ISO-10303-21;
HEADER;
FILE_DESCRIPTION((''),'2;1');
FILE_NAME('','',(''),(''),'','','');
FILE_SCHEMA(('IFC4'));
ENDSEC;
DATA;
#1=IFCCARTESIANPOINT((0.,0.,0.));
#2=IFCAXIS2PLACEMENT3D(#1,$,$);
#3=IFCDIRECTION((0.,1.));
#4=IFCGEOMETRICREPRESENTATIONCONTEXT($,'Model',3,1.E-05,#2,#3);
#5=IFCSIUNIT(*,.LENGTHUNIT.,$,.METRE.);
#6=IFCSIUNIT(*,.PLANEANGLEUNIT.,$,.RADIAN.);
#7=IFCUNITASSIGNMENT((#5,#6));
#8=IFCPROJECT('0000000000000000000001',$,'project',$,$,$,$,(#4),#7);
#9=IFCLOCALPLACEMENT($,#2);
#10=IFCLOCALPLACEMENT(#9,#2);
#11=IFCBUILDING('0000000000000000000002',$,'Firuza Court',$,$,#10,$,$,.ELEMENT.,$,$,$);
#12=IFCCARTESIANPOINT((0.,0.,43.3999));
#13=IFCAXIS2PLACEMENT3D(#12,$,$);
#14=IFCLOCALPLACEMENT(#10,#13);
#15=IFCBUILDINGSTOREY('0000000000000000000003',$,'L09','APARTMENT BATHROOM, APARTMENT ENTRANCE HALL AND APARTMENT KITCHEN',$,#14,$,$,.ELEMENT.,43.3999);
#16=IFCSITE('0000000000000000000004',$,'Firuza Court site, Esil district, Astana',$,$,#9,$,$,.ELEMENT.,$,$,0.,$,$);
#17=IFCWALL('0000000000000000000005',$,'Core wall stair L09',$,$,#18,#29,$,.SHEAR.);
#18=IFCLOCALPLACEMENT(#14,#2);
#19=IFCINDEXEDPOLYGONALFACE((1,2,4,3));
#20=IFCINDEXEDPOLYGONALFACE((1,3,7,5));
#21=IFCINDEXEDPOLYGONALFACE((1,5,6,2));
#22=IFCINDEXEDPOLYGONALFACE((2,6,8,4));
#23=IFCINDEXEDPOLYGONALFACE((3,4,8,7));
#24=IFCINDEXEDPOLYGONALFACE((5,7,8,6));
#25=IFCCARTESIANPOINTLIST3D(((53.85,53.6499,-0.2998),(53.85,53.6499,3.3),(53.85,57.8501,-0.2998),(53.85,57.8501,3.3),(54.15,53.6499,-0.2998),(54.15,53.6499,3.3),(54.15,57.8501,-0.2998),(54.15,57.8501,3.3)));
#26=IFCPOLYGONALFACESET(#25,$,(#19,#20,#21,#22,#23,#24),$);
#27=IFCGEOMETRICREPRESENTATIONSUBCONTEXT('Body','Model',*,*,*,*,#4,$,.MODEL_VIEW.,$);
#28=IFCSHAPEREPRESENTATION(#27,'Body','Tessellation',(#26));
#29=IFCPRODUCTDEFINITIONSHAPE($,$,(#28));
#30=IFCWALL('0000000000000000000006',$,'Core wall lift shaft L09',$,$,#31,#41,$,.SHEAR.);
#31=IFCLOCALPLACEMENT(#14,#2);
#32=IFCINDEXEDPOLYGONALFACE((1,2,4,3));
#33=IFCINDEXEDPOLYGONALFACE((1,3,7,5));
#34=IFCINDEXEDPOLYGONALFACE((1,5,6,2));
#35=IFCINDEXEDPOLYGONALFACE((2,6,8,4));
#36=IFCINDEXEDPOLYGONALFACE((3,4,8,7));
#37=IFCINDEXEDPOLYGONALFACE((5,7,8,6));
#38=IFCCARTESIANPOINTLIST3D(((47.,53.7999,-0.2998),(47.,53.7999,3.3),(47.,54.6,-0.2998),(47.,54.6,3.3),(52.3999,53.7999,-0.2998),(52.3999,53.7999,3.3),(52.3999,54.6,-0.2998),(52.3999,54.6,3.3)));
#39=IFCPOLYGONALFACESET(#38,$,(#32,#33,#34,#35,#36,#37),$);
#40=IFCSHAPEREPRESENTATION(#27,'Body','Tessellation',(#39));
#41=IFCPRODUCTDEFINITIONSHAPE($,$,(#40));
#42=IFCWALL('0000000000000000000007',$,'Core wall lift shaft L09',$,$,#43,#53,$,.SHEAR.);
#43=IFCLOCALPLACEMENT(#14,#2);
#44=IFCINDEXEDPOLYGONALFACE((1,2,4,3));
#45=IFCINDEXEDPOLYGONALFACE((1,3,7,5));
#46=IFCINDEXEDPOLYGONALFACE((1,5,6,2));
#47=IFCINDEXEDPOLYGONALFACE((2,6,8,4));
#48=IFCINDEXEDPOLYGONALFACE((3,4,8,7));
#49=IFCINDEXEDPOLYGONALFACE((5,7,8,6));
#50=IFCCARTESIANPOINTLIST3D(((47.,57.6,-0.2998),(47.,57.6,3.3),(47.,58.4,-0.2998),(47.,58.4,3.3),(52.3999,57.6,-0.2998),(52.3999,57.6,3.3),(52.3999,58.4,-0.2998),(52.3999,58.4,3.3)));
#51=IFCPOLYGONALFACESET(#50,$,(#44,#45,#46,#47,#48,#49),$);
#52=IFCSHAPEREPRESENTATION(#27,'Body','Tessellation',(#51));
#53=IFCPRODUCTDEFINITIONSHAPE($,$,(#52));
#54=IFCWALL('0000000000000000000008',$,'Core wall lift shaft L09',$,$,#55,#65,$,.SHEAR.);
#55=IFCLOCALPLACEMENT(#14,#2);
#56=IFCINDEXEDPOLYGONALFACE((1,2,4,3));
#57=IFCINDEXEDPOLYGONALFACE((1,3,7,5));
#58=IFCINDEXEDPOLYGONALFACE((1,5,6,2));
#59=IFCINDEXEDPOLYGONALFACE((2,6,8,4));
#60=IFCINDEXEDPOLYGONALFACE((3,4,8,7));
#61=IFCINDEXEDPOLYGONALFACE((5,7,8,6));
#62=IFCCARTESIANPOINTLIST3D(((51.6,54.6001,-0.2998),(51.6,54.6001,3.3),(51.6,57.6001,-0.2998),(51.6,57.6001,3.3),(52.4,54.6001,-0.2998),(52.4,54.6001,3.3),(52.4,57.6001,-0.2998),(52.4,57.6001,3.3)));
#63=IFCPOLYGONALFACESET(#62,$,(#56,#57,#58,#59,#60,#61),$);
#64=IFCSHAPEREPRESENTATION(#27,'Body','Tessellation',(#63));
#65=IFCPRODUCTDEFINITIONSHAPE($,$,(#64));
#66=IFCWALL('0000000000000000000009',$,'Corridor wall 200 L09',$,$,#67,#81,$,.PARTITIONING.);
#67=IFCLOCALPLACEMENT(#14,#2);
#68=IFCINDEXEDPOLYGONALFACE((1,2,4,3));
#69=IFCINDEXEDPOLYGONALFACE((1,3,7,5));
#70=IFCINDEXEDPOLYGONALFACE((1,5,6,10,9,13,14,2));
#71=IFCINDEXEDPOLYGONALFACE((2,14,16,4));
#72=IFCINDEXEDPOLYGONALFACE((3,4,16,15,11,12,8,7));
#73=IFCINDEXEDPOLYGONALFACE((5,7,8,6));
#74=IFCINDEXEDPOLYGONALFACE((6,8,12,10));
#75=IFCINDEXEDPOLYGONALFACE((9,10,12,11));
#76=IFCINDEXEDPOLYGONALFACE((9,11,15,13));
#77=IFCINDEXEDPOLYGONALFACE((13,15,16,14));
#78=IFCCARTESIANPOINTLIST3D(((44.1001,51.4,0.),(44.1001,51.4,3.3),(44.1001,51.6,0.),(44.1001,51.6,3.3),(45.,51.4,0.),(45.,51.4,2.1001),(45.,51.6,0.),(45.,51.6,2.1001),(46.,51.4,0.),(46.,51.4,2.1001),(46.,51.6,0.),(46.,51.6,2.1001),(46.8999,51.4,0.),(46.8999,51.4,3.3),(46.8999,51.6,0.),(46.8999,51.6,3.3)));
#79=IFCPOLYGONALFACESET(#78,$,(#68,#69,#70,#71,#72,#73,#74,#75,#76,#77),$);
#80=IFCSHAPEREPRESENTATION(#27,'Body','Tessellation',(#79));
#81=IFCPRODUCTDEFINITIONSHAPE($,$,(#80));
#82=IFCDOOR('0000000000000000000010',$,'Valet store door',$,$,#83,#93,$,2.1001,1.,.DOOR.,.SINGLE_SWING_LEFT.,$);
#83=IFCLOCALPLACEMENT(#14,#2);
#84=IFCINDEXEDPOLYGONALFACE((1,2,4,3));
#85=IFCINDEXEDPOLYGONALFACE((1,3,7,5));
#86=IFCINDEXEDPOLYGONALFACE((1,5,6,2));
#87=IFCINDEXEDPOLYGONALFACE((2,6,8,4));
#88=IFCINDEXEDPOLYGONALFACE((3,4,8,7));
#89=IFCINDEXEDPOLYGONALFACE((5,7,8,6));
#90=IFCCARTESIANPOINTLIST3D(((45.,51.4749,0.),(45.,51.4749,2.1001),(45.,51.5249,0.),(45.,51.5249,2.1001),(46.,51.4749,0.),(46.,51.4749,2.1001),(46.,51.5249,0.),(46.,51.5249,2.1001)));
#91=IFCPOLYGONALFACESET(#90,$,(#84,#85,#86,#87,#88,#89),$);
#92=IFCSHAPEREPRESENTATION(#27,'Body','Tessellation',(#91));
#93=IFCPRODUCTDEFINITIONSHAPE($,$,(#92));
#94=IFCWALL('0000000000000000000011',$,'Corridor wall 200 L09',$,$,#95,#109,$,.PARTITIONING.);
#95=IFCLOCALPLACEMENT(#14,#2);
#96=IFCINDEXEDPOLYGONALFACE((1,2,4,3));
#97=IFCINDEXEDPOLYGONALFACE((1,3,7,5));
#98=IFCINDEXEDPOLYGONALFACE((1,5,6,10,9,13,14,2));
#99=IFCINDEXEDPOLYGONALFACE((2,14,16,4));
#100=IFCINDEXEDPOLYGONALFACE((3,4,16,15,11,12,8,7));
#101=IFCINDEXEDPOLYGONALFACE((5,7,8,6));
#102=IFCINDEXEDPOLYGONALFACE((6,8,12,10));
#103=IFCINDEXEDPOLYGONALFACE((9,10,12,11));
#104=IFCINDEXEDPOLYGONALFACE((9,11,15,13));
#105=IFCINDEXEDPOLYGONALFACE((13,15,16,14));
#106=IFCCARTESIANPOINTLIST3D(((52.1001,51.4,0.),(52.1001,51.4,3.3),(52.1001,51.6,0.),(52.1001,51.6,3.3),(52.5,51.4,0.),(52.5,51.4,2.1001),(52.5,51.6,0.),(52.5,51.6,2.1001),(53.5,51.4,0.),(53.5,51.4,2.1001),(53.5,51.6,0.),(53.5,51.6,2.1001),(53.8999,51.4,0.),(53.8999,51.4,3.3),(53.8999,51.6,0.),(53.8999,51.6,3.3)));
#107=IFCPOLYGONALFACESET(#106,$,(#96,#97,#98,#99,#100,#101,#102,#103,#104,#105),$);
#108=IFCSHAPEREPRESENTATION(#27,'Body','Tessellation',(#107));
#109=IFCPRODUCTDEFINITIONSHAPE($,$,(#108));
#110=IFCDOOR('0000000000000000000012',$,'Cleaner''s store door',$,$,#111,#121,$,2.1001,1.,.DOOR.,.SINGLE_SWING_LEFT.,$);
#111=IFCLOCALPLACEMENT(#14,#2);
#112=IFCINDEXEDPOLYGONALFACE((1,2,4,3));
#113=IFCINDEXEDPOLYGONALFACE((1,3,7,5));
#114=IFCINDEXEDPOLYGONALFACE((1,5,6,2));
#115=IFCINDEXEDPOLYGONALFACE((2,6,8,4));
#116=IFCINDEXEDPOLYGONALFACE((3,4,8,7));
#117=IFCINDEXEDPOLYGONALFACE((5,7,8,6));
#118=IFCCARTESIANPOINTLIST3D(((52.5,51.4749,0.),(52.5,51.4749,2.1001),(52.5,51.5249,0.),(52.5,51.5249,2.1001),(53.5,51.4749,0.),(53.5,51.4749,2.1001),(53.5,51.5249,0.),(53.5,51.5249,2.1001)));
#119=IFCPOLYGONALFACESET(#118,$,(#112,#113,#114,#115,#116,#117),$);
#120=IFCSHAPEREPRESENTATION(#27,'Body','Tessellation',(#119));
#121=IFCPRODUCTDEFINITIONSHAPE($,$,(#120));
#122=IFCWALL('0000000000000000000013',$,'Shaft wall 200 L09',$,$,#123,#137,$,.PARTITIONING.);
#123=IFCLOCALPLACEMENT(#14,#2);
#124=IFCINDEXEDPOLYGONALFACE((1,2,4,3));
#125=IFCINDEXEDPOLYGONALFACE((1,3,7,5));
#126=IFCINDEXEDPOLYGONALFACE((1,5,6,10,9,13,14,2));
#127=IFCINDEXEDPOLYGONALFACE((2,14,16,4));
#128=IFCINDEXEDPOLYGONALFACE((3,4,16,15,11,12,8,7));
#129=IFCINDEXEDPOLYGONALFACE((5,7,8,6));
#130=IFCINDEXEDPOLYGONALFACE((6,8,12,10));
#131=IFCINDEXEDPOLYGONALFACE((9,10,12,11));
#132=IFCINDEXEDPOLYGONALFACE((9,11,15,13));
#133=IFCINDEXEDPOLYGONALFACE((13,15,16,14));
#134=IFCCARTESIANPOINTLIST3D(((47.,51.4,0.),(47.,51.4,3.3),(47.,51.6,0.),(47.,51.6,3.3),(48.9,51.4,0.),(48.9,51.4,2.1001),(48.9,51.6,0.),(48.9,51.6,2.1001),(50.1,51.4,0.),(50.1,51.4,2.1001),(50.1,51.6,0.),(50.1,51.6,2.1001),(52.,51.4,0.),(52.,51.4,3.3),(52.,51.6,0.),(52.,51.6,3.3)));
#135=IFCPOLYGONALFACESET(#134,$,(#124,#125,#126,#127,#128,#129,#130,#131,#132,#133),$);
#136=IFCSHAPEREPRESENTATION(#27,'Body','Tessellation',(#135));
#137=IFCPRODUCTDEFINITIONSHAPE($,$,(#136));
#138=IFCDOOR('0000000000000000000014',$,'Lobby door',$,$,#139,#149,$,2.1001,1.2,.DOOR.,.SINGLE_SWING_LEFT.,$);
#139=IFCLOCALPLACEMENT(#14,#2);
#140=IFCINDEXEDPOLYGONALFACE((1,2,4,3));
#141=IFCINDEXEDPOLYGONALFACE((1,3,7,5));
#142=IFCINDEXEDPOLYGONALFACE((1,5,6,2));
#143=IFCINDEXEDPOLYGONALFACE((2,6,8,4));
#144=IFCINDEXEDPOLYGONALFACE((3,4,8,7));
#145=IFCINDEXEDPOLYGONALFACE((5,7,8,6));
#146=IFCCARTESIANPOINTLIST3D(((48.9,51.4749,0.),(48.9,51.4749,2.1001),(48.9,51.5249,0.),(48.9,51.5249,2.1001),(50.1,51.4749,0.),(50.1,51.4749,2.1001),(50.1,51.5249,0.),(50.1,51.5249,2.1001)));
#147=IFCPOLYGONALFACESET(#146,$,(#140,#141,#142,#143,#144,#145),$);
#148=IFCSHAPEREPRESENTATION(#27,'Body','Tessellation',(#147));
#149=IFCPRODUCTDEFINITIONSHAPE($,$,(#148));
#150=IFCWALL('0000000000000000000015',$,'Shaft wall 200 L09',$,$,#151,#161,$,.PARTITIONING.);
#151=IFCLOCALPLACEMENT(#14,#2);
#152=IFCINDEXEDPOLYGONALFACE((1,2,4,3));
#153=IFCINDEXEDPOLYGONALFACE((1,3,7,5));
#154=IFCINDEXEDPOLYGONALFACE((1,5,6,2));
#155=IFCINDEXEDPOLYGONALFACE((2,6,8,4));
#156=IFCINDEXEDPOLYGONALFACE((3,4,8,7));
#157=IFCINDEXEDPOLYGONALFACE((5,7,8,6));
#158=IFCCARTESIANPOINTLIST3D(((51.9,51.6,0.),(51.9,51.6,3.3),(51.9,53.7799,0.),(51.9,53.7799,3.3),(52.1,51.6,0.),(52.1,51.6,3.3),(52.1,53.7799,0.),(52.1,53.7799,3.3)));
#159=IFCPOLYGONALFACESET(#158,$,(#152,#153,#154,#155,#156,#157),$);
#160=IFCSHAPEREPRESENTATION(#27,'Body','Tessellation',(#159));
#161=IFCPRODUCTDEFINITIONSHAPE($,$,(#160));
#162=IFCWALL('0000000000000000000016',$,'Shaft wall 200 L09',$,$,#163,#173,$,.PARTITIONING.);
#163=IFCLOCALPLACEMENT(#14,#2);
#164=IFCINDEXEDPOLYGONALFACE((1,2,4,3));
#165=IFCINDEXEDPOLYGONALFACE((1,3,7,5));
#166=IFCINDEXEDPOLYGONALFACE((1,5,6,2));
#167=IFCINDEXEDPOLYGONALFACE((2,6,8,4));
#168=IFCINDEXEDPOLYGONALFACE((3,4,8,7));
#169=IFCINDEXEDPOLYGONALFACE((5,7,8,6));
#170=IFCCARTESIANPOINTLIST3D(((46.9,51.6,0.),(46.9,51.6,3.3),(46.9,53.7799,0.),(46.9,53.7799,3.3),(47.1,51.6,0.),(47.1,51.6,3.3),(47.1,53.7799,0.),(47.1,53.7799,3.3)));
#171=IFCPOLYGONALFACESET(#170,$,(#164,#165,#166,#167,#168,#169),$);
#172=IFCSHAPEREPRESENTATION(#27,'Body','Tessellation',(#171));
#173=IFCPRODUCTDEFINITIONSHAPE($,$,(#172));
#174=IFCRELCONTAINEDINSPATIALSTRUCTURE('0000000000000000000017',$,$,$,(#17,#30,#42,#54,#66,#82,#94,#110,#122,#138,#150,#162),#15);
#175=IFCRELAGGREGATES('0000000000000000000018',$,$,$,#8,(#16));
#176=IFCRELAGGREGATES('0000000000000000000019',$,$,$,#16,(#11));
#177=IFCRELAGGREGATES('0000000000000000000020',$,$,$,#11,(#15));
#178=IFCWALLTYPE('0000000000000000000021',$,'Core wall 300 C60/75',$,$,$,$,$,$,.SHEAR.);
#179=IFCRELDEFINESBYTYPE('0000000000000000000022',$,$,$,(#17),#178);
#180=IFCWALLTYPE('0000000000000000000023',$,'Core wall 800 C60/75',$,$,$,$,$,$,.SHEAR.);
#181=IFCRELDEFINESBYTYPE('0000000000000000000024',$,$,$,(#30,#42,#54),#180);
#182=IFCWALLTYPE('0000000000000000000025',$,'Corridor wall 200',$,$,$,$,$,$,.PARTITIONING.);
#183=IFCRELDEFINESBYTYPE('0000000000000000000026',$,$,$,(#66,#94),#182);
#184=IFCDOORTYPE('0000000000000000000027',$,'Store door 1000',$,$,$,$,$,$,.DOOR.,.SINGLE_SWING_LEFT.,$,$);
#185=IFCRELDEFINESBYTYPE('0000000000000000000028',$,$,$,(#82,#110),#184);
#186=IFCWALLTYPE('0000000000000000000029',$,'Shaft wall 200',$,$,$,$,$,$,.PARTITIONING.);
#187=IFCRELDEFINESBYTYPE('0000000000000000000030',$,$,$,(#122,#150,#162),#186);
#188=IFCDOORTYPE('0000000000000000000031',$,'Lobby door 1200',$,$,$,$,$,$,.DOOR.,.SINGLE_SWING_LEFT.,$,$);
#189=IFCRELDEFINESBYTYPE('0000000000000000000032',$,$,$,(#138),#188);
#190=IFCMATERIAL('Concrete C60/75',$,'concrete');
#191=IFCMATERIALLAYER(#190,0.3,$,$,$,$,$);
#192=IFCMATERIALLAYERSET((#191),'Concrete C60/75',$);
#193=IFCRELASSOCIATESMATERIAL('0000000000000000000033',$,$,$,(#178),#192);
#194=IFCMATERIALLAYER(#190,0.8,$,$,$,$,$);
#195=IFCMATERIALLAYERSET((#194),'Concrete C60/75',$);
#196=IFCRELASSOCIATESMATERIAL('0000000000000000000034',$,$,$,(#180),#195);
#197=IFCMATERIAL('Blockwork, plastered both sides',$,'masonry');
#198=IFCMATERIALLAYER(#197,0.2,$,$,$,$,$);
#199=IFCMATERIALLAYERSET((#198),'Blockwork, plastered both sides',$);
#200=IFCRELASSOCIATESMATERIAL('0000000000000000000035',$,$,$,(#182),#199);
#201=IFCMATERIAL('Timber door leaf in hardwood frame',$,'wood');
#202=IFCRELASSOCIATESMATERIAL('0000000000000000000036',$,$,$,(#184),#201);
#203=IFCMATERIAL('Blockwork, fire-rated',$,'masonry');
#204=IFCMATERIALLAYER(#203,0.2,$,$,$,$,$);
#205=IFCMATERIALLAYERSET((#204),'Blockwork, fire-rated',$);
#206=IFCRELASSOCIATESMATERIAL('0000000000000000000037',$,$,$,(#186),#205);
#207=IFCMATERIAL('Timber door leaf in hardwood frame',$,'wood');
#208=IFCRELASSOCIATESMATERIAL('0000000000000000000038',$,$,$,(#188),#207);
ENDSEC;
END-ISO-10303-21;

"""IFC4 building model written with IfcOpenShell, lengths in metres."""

from ifc_helpers import new_model, si_unit, direction, frame, frame_2d, origin, place, context, subcontext, project, spatial, rectangle, extrude, material, layer, layer_set, type_object, element, fill, save


model = new_model("IFC4")

# Units and contexts
model_context = context("Model", 3, precision=1e-05, world=origin(), true_north=direction((0.0, 1.0)))
body_context = subcontext(model_context, "Body", "Model", "MODEL_VIEW")
ifc_project = project(units=[si_unit("LENGTHUNIT", "METRE"), si_unit("PLANEANGLEUNIT", "RADIAN")], contexts=[model_context])

# Site, building, storey
site_placement = place(None, origin())
site = spatial("IfcSite", under=ifc_project, at=site_placement, Name="Firuza Court site, Esil district, Astana", CompositionType="ELEMENT", RefElevation=0.0)
building_placement = place(site_placement, origin())
building = spatial("IfcBuilding", under=site, at=building_placement, Name="Firuza Court", CompositionType="ELEMENT")
storey_placement = place(building_placement, frame((0.0, 0.0, 43.3999)))
storey = spatial("IfcBuildingStorey", under=building, at=storey_placement, Name="L09", Description="APARTMENT BATHROOM, APARTMENT ENTRANCE HALL AND APARTMENT KITCHEN", CompositionType="ELEMENT", Elevation=43.3999)

# Shared definitions
ifc_material_1 = material(Name="Concrete C60/75", Category="concrete")
ifc_layer_1 = layer(ifc_material_1, 0.3)
ifc_layer_set_1 = layer_set([ifc_layer_1], Name="Concrete C60/75")
wall_type_1 = type_object("IfcWallType", Name="Core wall 300 C60/75", PredefinedType="SHEAR", material=ifc_layer_set_1)

# Walls
wall_1_placement = place(storey_placement, frame((54.0, 53.6499, -0.2998), z_axis=(0.0, 0.0, 1.0), x_axis=(0.0, 1.0, 0.0)))
element("IfcWall", 1, at=wall_1_placement, inside=storey, type_object=wall_type_1, Name="Core wall stair L09", PredefinedType="SHEAR", context=body_context, shape_type="SweptSolid", body=[
    extrude(rectangle(XDim=4.2002, YDim=0.3, at=frame_2d((2.1001, 0.0))), origin(), (0.0, 0.0, 1.0), 3.5999),
])
ifc_layer_2 = layer(ifc_material_1, 0.8)
ifc_layer_set_2 = layer_set([ifc_layer_2], Name="Concrete C60/75")
wall_type_2 = type_object("IfcWallType", Name="Core wall 800 C60/75", PredefinedType="SHEAR", material=ifc_layer_set_2)
for number, where, z_axis, x_axis, name in (
    (2, (47.0, 54.2, -0.2998), (0.0, 0.0, 1.0), (1.0, 0.0, 0.0), "Core wall lift shaft L09"),
    (3, (47.0, 58.0, -0.2998), (0.0, 0.0, 1.0), (1.0, 0.0, 0.0), "Core wall lift shaft L09"),
):
    element("IfcWall", number, at=place(storey_placement, frame(where, z_axis=z_axis, x_axis=x_axis)), inside=storey, type_object=wall_type_2, Name=name, PredefinedType="SHEAR", context=body_context, shape_type="SweptSolid", body=[
        extrude(rectangle(XDim=5.3999, YDim=0.8, at=frame_2d((2.7, 0.0))), origin(), (0.0, 0.0, 1.0), 3.5999),
    ])
wall_2_placement = place(storey_placement, frame((52.0, 54.6001, -0.2998), z_axis=(0.0, 0.0, 1.0), x_axis=(0.0, 1.0, 0.0)))
element("IfcWall", 4, at=wall_2_placement, inside=storey, type_object=wall_type_2, Name="Core wall lift shaft L09", PredefinedType="SHEAR", context=body_context, shape_type="SweptSolid", body=[
    extrude(rectangle(XDim=3.0, YDim=0.8, at=frame_2d((1.5, 0.0))), origin(), (0.0, 0.0, 1.0), 3.5999),
])

# Walls, openings, doors
ifc_material_2 = material(Name="Blockwork, plastered both sides", Category="masonry")
ifc_layer_3 = layer(ifc_material_2, 0.2)
ifc_layer_set_3 = layer_set([ifc_layer_3], Name="Blockwork, plastered both sides")
wall_type_3 = type_object("IfcWallType", Name="Corridor wall 200", PredefinedType="PARTITIONING", material=ifc_layer_set_3)
wall_3_placement = place(storey_placement, frame((44.1001, 51.5, 0.0), z_axis=(0.0, 0.0, 1.0), x_axis=(1.0, 0.0, 0.0)))
wall_3 = element("IfcWall", 5, at=wall_3_placement, inside=storey, type_object=wall_type_3, Name="Corridor wall 200 L09", PredefinedType="PARTITIONING", context=body_context, shape_type="SweptSolid", body=[
    extrude(rectangle(XDim=2.7998, YDim=0.2, at=frame_2d((1.3999, 0.0))), origin(), (0.0, 0.0, 1.0), 3.3),
])
opening_1_placement = place(wall_3_placement, frame((0.8999, 0.0, 0.0)))
opening_1 = element("IfcOpeningElement", 6, at=opening_1_placement, cuts=wall_3, PredefinedType="OPENING", context=body_context, shape_type="SweptSolid", body=[
    extrude(rectangle(XDim=1.0, YDim=2.1001, at=frame_2d((0.5, 1.05))), frame((0.0, 0.1118, 0.0), z_axis=(0.0, -1.0, 0.0), x_axis=(1.0, 0.0, 0.0)), (0.0, 0.0, 1.0), 0.2239),
])
ifc_material_3 = material(Name="Timber door leaf in hardwood frame", Category="wood")
door_type_1 = type_object("IfcDoorType", Name="Store door 1000", OperationType="SINGLE_SWING_LEFT", PredefinedType="DOOR", material=ifc_material_3)
door_1_placement = place(opening_1_placement, origin())
door_1 = element("IfcDoor", 7, at=door_1_placement, inside=storey, type_object=door_type_1, Name="Valet store door", OperationType="SINGLE_SWING_LEFT", OverallHeight=2.1001, OverallWidth=1.0, PredefinedType="DOOR", context=body_context, shape_type="SweptSolid", body=[
    extrude(rectangle(XDim=1.0, YDim=2.1001, at=frame_2d((0.5, 1.05))), frame((0.0, 0.0249, 0.0), z_axis=(0.0, -1.0, 0.0), x_axis=(1.0, 0.0, 0.0)), (0.0, 0.0, 1.0), 0.05),
])
fill(opening_1, door_1)
wall_4_placement = place(storey_placement, frame((52.1001, 51.5, 0.0), z_axis=(0.0, 0.0, 1.0), x_axis=(1.0, 0.0, 0.0)))
wall_4 = element("IfcWall", 8, at=wall_4_placement, inside=storey, type_object=wall_type_3, Name="Corridor wall 200 L09", PredefinedType="PARTITIONING", context=body_context, shape_type="SweptSolid", body=[
    extrude(rectangle(XDim=1.7998, YDim=0.2, at=frame_2d((0.8999, 0.0))), origin(), (0.0, 0.0, 1.0), 3.3),
])
opening_2_placement = place(wall_4_placement, frame((0.3999, 0.0, 0.0)))
opening_2 = element("IfcOpeningElement", 9, at=opening_2_placement, cuts=wall_4, PredefinedType="OPENING", context=body_context, shape_type="SweptSolid", body=[
    extrude(rectangle(XDim=1.0, YDim=2.1001, at=frame_2d((0.5, 1.05))), frame((0.0, 0.1118, 0.0), z_axis=(0.0, -1.0, 0.0), x_axis=(1.0, 0.0, 0.0)), (0.0, 0.0, 1.0), 0.2239),
])
door_2_placement = place(opening_2_placement, origin())
door_2 = element("IfcDoor", 10, at=door_2_placement, inside=storey, type_object=door_type_1, Name="Cleaner's store door", OperationType="SINGLE_SWING_LEFT", OverallHeight=2.1001, OverallWidth=1.0, PredefinedType="DOOR", context=body_context, shape_type="SweptSolid", body=[
    extrude(rectangle(XDim=1.0, YDim=2.1001, at=frame_2d((0.5, 1.05))), frame((0.0, 0.0249, 0.0), z_axis=(0.0, -1.0, 0.0), x_axis=(1.0, 0.0, 0.0)), (0.0, 0.0, 1.0), 0.05),
])
fill(opening_2, door_2)
ifc_material_4 = material(Name="Blockwork, fire-rated", Category="masonry")
ifc_layer_4 = layer(ifc_material_4, 0.2)
ifc_layer_set_4 = layer_set([ifc_layer_4], Name="Blockwork, fire-rated")
wall_type_4 = type_object("IfcWallType", Name="Shaft wall 200", PredefinedType="PARTITIONING", material=ifc_layer_set_4)
wall_5_placement = place(storey_placement, frame((47.0, 51.5, 0.0), z_axis=(0.0, 0.0, 1.0), x_axis=(1.0, 0.0, 0.0)))
wall_5 = element("IfcWall", 11, at=wall_5_placement, inside=storey, type_object=wall_type_4, Name="Shaft wall 200 L09", PredefinedType="PARTITIONING", context=body_context, shape_type="SweptSolid", body=[
    extrude(rectangle(XDim=5.0, YDim=0.2, at=frame_2d((2.5, 0.0))), origin(), (0.0, 0.0, 1.0), 3.3),
])
opening_3_placement = place(wall_5_placement, frame((1.8999, 0.0, 0.0)))
opening_3 = element("IfcOpeningElement", 12, at=opening_3_placement, cuts=wall_5, PredefinedType="OPENING", context=body_context, shape_type="SweptSolid", body=[
    extrude(rectangle(XDim=1.2, YDim=2.1001, at=frame_2d((0.6001, 1.05))), frame((0.0, 0.1118, 0.0), z_axis=(0.0, -1.0, 0.0), x_axis=(1.0, 0.0, 0.0)), (0.0, 0.0, 1.0), 0.2239),
])
ifc_material_5 = material(Name="Timber door leaf in hardwood frame", Category="wood")
door_type_2 = type_object("IfcDoorType", Name="Lobby door 1200", OperationType="SINGLE_SWING_LEFT", PredefinedType="DOOR", material=ifc_material_5)
door_3_placement = place(opening_3_placement, origin())
door_3 = element("IfcDoor", 13, at=door_3_placement, inside=storey, type_object=door_type_2, Name="Lobby door", OperationType="SINGLE_SWING_LEFT", OverallHeight=2.1001, OverallWidth=1.2, PredefinedType="DOOR", context=body_context, shape_type="SweptSolid", body=[
    extrude(rectangle(XDim=1.2, YDim=2.1001, at=frame_2d((0.6001, 1.05))), frame((0.0, 0.0249, 0.0), z_axis=(0.0, -1.0, 0.0), x_axis=(1.0, 0.0, 0.0)), (0.0, 0.0, 1.0), 0.05),
])
fill(opening_3, door_3)

# Walls
for number, where, z_axis, x_axis, name in (
    (14, (52.0, 51.6001, 0.0), (0.0, 0.0, 1.0), (0.0, 1.0, 0.0), "Shaft wall 200 L09"),
    (15, (47.0, 51.6001, 0.0), (0.0, 0.0, 1.0), (0.0, 1.0, 0.0), "Shaft wall 200 L09"),
):
    element("IfcWall", number, at=place(storey_placement, frame(where, z_axis=z_axis, x_axis=x_axis)), inside=storey, type_object=wall_type_4, Name=name, PredefinedType="PARTITIONING", context=body_context, shape_type="SweptSolid", body=[
        extrude(rectangle(XDim=2.1799, YDim=0.2, at=frame_2d((1.0898, 0.0))), origin(), (0.0, 0.0, 1.0), 3.3),
    ])

save(model, "model.ifc")
